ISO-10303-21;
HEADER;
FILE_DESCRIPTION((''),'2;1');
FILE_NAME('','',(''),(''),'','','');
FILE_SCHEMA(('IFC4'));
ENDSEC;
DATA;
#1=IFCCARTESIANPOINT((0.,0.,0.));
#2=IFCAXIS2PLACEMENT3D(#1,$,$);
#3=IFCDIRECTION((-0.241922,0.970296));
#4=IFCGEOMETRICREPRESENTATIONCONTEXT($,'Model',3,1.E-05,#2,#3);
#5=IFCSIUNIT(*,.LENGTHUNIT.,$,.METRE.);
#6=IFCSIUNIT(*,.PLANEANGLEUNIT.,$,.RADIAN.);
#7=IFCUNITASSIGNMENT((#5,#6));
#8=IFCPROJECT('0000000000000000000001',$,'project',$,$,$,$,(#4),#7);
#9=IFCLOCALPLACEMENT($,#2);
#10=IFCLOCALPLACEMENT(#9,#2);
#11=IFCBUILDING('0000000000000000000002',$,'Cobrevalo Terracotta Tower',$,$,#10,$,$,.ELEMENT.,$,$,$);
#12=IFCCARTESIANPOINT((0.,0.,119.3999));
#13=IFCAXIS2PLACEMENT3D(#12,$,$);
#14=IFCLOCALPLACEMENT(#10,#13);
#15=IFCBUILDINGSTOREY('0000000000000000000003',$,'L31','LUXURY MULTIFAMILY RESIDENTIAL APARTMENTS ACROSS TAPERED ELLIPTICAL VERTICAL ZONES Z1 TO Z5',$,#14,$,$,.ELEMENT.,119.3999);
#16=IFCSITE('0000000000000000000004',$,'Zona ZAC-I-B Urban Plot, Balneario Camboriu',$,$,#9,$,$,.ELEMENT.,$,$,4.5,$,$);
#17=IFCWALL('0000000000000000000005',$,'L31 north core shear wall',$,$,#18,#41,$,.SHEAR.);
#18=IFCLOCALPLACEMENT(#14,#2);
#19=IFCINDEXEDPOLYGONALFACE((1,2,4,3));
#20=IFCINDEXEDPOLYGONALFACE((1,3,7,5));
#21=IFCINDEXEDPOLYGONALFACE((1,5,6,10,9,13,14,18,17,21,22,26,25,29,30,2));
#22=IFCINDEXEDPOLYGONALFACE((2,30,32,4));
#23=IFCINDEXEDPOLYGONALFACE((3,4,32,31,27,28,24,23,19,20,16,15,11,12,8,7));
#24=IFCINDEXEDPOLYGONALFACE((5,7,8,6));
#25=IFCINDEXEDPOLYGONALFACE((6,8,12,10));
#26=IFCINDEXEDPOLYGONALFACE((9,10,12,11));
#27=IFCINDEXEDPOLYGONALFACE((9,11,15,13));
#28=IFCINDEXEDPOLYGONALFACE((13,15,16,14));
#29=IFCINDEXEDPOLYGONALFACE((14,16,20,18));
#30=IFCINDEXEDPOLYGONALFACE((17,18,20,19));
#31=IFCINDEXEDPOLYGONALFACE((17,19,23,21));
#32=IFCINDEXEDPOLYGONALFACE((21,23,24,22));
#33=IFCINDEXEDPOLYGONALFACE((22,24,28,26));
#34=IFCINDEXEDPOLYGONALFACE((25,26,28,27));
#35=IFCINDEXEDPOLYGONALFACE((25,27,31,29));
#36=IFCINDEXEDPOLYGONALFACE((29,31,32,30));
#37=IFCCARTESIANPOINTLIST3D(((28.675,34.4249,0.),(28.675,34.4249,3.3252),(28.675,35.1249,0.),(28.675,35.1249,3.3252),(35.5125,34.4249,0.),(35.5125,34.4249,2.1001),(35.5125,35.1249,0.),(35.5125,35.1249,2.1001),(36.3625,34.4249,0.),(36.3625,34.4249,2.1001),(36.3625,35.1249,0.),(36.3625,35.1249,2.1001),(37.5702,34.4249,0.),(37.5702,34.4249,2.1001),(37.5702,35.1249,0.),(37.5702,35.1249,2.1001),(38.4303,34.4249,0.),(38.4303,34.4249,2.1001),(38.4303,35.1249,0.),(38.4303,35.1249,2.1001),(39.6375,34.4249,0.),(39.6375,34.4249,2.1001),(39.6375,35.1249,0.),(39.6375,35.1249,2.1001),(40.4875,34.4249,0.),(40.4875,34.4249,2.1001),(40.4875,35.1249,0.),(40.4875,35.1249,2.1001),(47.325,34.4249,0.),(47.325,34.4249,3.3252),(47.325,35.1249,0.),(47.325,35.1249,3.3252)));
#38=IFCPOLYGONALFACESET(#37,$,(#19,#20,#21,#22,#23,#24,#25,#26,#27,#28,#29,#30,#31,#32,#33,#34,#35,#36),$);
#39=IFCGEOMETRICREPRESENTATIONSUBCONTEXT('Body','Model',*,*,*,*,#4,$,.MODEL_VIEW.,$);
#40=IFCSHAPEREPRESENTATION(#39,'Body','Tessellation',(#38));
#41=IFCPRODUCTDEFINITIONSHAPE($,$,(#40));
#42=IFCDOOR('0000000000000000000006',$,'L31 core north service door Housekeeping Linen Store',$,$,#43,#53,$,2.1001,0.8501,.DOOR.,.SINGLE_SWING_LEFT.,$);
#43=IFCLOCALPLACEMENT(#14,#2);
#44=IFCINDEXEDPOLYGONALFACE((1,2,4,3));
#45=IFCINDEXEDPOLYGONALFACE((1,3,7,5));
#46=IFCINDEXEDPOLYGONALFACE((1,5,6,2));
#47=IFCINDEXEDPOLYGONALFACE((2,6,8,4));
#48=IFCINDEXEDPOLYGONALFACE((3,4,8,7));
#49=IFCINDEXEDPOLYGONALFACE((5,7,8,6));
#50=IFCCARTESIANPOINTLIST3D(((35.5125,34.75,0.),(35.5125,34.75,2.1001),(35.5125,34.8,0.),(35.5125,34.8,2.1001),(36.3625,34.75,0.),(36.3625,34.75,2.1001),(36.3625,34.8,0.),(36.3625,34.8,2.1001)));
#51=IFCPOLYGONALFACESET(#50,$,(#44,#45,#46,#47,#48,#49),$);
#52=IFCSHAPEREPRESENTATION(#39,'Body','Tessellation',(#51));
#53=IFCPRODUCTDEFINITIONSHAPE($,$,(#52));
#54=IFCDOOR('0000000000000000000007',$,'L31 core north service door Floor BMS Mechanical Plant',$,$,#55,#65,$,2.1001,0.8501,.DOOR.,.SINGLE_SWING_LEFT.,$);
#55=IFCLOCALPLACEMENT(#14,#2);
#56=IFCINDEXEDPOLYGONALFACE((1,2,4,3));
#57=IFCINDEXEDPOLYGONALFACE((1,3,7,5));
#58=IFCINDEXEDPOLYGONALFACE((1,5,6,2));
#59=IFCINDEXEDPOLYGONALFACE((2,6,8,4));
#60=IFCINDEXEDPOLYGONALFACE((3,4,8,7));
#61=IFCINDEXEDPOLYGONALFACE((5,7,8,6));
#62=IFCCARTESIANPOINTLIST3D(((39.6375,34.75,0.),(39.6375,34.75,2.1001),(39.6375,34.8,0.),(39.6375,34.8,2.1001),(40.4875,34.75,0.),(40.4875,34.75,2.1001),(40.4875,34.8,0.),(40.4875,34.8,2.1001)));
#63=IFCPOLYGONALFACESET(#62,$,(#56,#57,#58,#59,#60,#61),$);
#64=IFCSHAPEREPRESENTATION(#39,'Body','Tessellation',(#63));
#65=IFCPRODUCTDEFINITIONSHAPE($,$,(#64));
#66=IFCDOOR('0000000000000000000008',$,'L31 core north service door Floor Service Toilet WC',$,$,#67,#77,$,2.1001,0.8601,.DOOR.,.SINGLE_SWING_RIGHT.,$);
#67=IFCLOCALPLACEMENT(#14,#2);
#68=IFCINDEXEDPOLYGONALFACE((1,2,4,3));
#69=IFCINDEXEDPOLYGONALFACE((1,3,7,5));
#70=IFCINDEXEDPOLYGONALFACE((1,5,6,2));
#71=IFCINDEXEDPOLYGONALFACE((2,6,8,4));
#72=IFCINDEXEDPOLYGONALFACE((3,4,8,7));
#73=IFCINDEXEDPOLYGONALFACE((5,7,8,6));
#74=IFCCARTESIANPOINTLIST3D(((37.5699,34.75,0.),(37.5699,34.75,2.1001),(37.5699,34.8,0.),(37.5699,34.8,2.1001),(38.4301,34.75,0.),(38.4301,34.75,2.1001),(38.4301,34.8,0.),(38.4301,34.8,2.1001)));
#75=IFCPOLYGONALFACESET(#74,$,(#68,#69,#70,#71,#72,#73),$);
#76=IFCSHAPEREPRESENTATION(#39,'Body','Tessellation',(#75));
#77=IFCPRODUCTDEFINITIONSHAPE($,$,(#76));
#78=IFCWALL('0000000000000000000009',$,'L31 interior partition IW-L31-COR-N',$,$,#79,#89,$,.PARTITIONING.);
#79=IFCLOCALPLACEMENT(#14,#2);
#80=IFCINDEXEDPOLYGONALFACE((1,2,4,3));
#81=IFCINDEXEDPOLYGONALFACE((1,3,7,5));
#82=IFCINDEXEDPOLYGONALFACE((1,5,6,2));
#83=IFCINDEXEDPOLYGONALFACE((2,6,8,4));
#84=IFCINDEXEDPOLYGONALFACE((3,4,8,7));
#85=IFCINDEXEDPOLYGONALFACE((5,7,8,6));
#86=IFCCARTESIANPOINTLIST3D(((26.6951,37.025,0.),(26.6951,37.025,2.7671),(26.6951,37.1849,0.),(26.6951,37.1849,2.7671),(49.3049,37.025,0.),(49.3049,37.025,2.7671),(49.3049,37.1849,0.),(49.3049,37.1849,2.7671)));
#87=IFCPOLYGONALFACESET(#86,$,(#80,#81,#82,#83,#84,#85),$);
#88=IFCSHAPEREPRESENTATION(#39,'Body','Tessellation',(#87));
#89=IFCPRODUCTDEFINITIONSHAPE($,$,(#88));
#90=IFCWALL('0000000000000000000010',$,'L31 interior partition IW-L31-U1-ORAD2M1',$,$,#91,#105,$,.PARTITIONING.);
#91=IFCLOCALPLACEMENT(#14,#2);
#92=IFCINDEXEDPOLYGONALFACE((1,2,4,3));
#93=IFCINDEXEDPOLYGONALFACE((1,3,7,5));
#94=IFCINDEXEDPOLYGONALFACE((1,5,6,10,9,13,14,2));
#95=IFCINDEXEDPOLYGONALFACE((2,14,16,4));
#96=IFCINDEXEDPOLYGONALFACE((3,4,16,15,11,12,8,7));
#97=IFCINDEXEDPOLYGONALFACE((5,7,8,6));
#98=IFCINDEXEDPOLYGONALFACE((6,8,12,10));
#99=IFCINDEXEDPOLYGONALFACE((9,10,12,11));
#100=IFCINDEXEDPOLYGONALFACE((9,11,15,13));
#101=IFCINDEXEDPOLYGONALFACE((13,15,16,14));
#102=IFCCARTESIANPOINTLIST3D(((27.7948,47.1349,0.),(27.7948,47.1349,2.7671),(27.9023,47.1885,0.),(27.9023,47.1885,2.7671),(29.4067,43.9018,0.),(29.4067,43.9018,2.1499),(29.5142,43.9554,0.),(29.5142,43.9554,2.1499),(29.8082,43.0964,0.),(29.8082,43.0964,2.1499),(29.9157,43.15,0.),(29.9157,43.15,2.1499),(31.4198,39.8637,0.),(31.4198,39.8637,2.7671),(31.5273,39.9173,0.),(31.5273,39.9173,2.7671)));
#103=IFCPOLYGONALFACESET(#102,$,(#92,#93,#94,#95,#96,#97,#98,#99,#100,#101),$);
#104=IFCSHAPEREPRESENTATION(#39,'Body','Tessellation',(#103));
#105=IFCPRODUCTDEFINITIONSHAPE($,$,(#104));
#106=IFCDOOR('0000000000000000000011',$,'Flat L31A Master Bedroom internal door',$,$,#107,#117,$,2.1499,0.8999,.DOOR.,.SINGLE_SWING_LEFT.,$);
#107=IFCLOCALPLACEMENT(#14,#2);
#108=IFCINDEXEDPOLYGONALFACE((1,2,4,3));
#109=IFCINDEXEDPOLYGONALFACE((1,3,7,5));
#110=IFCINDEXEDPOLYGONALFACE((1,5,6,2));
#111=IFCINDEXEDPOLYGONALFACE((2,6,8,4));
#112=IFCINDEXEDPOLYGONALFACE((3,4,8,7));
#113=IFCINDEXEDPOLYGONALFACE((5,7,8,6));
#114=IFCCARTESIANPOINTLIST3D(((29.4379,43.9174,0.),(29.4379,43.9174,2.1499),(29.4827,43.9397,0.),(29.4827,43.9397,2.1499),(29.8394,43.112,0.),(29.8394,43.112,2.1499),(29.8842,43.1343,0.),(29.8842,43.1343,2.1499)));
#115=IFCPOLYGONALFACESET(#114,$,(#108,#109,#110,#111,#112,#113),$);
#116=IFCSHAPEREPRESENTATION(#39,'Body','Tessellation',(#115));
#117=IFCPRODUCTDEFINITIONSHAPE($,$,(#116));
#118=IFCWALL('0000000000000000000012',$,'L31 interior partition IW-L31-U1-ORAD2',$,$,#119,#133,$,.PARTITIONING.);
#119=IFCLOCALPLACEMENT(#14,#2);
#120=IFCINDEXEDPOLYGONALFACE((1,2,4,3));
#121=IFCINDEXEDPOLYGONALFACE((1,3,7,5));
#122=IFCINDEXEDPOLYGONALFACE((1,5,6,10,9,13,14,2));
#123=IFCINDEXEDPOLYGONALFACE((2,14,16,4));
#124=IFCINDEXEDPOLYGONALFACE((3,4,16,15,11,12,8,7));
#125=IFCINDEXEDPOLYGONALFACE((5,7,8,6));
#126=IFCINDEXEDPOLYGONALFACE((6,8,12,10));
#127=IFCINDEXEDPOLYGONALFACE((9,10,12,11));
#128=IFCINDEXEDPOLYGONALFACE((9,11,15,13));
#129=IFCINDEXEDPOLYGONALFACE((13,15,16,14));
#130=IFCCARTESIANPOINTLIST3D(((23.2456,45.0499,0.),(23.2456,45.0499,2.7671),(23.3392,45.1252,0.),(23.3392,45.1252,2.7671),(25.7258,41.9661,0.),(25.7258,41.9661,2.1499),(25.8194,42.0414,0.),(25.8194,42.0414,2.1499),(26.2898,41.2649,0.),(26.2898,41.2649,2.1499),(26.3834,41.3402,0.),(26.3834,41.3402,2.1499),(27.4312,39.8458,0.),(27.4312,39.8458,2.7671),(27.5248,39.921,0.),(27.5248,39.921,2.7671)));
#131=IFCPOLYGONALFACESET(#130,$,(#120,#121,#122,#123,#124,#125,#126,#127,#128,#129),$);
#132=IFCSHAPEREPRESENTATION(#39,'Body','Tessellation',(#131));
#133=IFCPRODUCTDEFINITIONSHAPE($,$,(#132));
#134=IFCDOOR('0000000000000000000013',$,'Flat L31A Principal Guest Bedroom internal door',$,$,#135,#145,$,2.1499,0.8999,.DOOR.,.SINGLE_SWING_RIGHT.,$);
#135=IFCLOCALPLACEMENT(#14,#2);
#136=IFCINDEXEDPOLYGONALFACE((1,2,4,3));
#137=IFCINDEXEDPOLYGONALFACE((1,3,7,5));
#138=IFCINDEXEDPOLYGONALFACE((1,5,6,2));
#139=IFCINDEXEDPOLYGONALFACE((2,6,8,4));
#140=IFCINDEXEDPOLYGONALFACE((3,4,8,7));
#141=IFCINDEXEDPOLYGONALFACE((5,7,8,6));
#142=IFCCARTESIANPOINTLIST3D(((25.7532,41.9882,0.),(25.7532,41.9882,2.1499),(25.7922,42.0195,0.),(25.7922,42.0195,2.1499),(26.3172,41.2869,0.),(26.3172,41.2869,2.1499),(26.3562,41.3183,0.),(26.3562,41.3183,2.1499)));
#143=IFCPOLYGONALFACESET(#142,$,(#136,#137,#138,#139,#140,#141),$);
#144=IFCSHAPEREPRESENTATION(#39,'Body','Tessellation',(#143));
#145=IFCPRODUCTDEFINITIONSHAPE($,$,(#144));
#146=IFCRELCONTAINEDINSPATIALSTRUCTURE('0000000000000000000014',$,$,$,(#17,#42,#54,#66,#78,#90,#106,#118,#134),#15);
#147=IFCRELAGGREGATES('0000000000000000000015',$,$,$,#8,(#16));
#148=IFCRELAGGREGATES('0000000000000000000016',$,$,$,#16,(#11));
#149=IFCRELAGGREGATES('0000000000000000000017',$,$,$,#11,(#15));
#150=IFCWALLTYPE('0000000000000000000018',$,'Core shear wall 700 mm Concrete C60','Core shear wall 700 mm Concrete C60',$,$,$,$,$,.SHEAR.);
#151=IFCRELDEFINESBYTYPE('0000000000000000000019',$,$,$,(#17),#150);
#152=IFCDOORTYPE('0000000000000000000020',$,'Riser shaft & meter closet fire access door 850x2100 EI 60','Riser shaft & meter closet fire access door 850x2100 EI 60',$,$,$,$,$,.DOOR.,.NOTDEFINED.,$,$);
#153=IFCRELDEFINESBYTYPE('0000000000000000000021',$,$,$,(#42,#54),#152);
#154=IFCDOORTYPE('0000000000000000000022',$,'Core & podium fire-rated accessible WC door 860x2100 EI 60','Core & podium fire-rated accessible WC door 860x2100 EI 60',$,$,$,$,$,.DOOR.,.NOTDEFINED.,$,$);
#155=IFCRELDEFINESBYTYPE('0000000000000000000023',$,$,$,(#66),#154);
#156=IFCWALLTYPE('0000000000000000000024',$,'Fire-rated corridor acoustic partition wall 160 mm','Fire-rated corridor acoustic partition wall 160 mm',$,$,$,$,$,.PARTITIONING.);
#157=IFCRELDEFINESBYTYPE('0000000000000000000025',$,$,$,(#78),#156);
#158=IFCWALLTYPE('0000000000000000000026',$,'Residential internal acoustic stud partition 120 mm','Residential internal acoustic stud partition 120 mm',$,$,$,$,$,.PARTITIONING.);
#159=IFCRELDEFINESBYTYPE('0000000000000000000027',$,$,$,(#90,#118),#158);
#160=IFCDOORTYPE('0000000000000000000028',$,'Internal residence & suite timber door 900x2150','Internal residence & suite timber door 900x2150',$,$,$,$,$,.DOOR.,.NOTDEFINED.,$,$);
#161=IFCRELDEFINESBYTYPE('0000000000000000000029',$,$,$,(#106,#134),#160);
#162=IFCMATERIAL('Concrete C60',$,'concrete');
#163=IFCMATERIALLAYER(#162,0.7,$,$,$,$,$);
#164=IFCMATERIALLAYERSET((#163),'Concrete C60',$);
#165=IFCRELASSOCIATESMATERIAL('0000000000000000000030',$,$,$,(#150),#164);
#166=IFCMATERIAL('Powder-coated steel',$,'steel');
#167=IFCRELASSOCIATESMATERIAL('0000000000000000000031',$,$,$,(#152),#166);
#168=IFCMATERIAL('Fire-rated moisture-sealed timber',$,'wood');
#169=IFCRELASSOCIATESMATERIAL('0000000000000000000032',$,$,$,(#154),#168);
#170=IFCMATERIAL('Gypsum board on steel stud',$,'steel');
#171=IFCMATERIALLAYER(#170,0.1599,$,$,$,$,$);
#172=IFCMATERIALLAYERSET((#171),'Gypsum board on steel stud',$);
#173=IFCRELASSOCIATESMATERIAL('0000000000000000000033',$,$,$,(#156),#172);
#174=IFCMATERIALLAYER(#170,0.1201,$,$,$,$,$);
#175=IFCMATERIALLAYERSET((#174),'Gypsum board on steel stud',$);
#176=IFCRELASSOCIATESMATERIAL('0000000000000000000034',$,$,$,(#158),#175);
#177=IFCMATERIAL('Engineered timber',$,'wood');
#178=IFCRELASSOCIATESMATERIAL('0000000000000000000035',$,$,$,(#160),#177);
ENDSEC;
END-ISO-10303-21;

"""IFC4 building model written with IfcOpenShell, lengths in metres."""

from ifc_helpers import new_model, si_unit, direction, frame, frame_2d, origin, place, context, subcontext, project, spatial, rectangle, extrude, source, transform, mapped, material, layer, layer_set, type_object, element, fill, save


model = new_model("IFC4")

# Units and contexts
model_context = context("Model", 3, precision=1e-05, world=origin(), true_north=direction((-0.241922, 0.970296)))
body_context = subcontext(model_context, "Body", "Model", "MODEL_VIEW")
ifc_project = project(units=[si_unit("LENGTHUNIT", "METRE"), si_unit("PLANEANGLEUNIT", "RADIAN")], contexts=[model_context])

# Site, building, storey
site_placement = place(None, origin())
site = spatial("IfcSite", under=ifc_project, at=site_placement, Name="Zona ZAC-I-B Urban Plot, Balneario Camboriu", CompositionType="ELEMENT", RefElevation=4.5)
building_placement = place(site_placement, origin())
building = spatial("IfcBuilding", under=site, at=building_placement, Name="Cobrevalo Terracotta Tower", CompositionType="ELEMENT")
storey_placement = place(building_placement, frame((0.0, 0.0, 119.3999)))
storey = spatial("IfcBuildingStorey", under=building, at=storey_placement, Name="L31", Description="LUXURY MULTIFAMILY RESIDENTIAL APARTMENTS ACROSS TAPERED ELLIPTICAL VERTICAL ZONES Z1 TO Z5", CompositionType="ELEMENT", Elevation=119.3999)

# Wall, openings, doors
ifc_material_1 = material(Name="Concrete C60", Category="concrete")
ifc_layer_1 = layer(ifc_material_1, 0.7)
ifc_layer_set_1 = layer_set([ifc_layer_1], Name="Concrete C60")
wall_type_1 = type_object("IfcWallType", Name="Core shear wall 700 mm Concrete C60", Description="Core shear wall 700 mm Concrete C60", PredefinedType="SHEAR", material=ifc_layer_set_1)
wall_1_placement = place(storey_placement, frame((28.675, 34.7749, 0.0), z_axis=(0.0, 0.0, 1.0), x_axis=(1.0, 0.0, 0.0)))
wall_1 = element("IfcWall", 1, at=wall_1_placement, inside=storey, type_object=wall_type_1, Name="L31 north core shear wall", PredefinedType="SHEAR", context=body_context, shape_type="SweptSolid", body=[
    extrude(rectangle(XDim=18.6499, YDim=0.7, at=frame_2d((9.325, 0.0))), origin(), (0.0, 0.0, 1.0), 3.3252),
])
opening_1_placement = place(wall_1_placement, frame((6.8374, 0.0, 0.0)))
opening_1 = element("IfcOpeningElement", 2, at=opening_1_placement, cuts=wall_1, PredefinedType="OPENING", context=body_context, shape_type="SweptSolid", body=[
    extrude(rectangle(XDim=0.8501, YDim=2.1001, at=frame_2d((0.425, 1.05))), frame((0.0, 0.3599, 0.0), z_axis=(0.0, -1.0, 0.0), x_axis=(1.0, 0.0, 0.0)), (0.0, 0.0, 1.0), 0.72),
])
opening_2_placement = place(wall_1_placement, frame((8.895, 0.0, 0.0)))
opening_2 = element("IfcOpeningElement", 3, at=opening_2_placement, cuts=wall_1, PredefinedType="OPENING", context=body_context, shape_type="SweptSolid", body=[
    extrude(rectangle(XDim=0.8601, YDim=2.1001, at=frame_2d((0.4302, 1.05))), frame((0.0, 0.3599, 0.0), z_axis=(0.0, -1.0, 0.0), x_axis=(1.0, 0.0, 0.0)), (0.0, 0.0, 1.0), 0.72),
])
opening_3_placement = place(wall_1_placement, frame((10.9624, 0.0, 0.0)))
opening_3 = element("IfcOpeningElement", 4, at=opening_3_placement, cuts=wall_1, PredefinedType="OPENING", context=body_context, shape_type="SweptSolid", body=[
    extrude(rectangle(XDim=0.8501, YDim=2.1001, at=frame_2d((0.425, 1.05))), frame((0.0, 0.3599, 0.0), z_axis=(0.0, -1.0, 0.0), x_axis=(1.0, 0.0, 0.0)), (0.0, 0.0, 1.0), 0.72),
])
ifc_material_2 = material(Name="Powder-coated steel", Category="steel")
door_type_1 = type_object("IfcDoorType", Name="Riser shaft & meter closet fire access door 850x2100 EI 60", Description="Riser shaft & meter closet fire access door 850x2100 EI 60", OperationType="NOTDEFINED", PredefinedType="DOOR", material=ifc_material_2)
shared_shape_1 = source(origin(), body_context, "Body", "SweptSolid", [
    extrude(rectangle(XDim=0.8501, YDim=2.1001, at=frame_2d((0.425, 1.05))), frame((0.0, 0.0249, 0.0), z_axis=(0.0, -1.0, 0.0), x_axis=(1.0, 0.0, 0.0)), (0.0, 0.0, 1.0), 0.05),
])
door_1_placement = place(opening_1_placement, frame((0.8501, 0.0, 0.0), z_axis=(0.0, 0.0, 1.0), x_axis=(-1.0, 0.0, 0.0)))
door_1 = element("IfcDoor", 5, at=door_1_placement, inside=storey, type_object=door_type_1, Name="L31 core north service door Housekeeping Linen Store", OperationType="SINGLE_SWING_LEFT", OverallHeight=2.1001, OverallWidth=0.8501, PredefinedType="DOOR", context=body_context, shape_type="MappedRepresentation", body=[
    mapped(shared_shape_1, transform((0.0, 0.0, 0.0), scale=1.0)),
])
fill(opening_1, door_1)
door_2_placement = place(opening_3_placement, frame((0.8501, 0.0, 0.0), z_axis=(0.0, 0.0, 1.0), x_axis=(-1.0, 0.0, 0.0)))
door_2 = element("IfcDoor", 6, at=door_2_placement, inside=storey, type_object=door_type_1, Name="L31 core north service door Floor BMS Mechanical Plant", OperationType="SINGLE_SWING_LEFT", OverallHeight=2.1001, OverallWidth=0.8501, PredefinedType="DOOR", context=body_context, shape_type="MappedRepresentation", body=[
    mapped(shared_shape_1, transform((0.0, 0.0, 0.0), scale=1.0)),
])
fill(opening_3, door_2)
ifc_material_3 = material(Name="Fire-rated moisture-sealed timber", Category="wood")
door_type_2 = type_object("IfcDoorType", Name="Core & podium fire-rated accessible WC door 860x2100 EI 60", Description="Core & podium fire-rated accessible WC door 860x2100 EI 60", OperationType="NOTDEFINED", PredefinedType="DOOR", material=ifc_material_3)
shared_shape_2 = source(origin(), body_context, "Body", "SweptSolid", [
    extrude(rectangle(XDim=0.8601, YDim=2.1001, at=frame_2d((0.4302, 1.05))), frame((0.0, 0.0249, 0.0), z_axis=(0.0, -1.0, 0.0), x_axis=(1.0, 0.0, 0.0)), (0.0, 0.0, 1.0), 0.05),
])
door_3_placement = place(opening_2_placement, frame((0.8601, 0.0, 0.0), z_axis=(0.0, 0.0, 1.0), x_axis=(-1.0, 0.0, 0.0)))
door_3 = element("IfcDoor", 7, at=door_3_placement, inside=storey, type_object=door_type_2, Name="L31 core north service door Floor Service Toilet WC", OperationType="SINGLE_SWING_RIGHT", OverallHeight=2.1001, OverallWidth=0.8601, PredefinedType="DOOR", context=body_context, shape_type="MappedRepresentation", body=[
    mapped(shared_shape_2, transform((0.0, 0.0, 0.0), scale=1.0)),
])
fill(opening_2, door_3)

# Wall
ifc_material_4 = material(Name="Gypsum board on steel stud", Category="steel")
ifc_layer_2 = layer(ifc_material_4, 0.1599)
ifc_layer_set_2 = layer_set([ifc_layer_2], Name="Gypsum board on steel stud")
wall_type_2 = type_object("IfcWallType", Name="Fire-rated corridor acoustic partition wall 160 mm", Description="Fire-rated corridor acoustic partition wall 160 mm", PredefinedType="PARTITIONING", material=ifc_layer_set_2)
wall_2_placement = place(storey_placement, frame((26.6951, 37.105, 0.0), z_axis=(0.0, 0.0, 1.0), x_axis=(1.0, 0.0, 0.0)))
element("IfcWall", 8, at=wall_2_placement, inside=storey, type_object=wall_type_2, Name="L31 interior partition IW-L31-COR-N", PredefinedType="PARTITIONING", context=body_context, shape_type="SweptSolid", body=[
    extrude(rectangle(XDim=22.6099, YDim=0.1599, at=frame_2d((11.3049, 0.0))), origin(), (0.0, 0.0, 1.0), 2.7671),
])

# Walls, openings, doors
ifc_layer_3 = layer(ifc_material_4, 0.1201)
ifc_layer_set_3 = layer_set([ifc_layer_3], Name="Gypsum board on steel stud")
wall_type_3 = type_object("IfcWallType", Name="Residential internal acoustic stud partition 120 mm", Description="Residential internal acoustic stud partition 120 mm", PredefinedType="PARTITIONING", material=ifc_layer_set_3)
wall_3_placement = place(storey_placement, frame((31.4736, 39.8904, 0.0), z_axis=(0.0, 0.0, 1.0), x_axis=(-0.446168, 0.894949, 0.0)))
wall_3 = element("IfcWall", 9, at=wall_3_placement, inside=storey, type_object=wall_type_3, Name="L31 interior partition IW-L31-U1-ORAD2M1", PredefinedType="PARTITIONING", context=body_context, shape_type="SweptSolid", body=[
    extrude(rectangle(XDim=8.1248, YDim=0.1201, at=frame_2d((4.0625, 0.0))), origin(), (0.0, 0.0, 1.0), 2.7671),
])
opening_4_placement = place(wall_3_placement, frame((3.6123, 0.0, 0.0)))
opening_4 = element("IfcOpeningElement", 10, at=opening_4_placement, cuts=wall_3, PredefinedType="OPENING", context=body_context, shape_type="SweptSolid", body=[
    extrude(rectangle(XDim=0.8999, YDim=2.1499, at=frame_2d((0.45, 1.075))), frame((0.0, 0.0701, 0.0), z_axis=(0.0, -1.0, 0.0), x_axis=(1.0, 0.0, 0.0)), (0.0, 0.0, 1.0), 0.1401),
])
ifc_material_5 = material(Name="Engineered timber", Category="wood")
door_type_3 = type_object("IfcDoorType", Name="Internal residence & suite timber door 900x2150", Description="Internal residence & suite timber door 900x2150", OperationType="NOTDEFINED", PredefinedType="DOOR", material=ifc_material_5)
shared_shape_3 = source(origin(), body_context, "Body", "SweptSolid", [
    extrude(rectangle(XDim=0.8999, YDim=2.1499, at=frame_2d((0.45, 1.075))), frame((0.0, 0.0249, 0.0), z_axis=(0.0, -1.0, 0.0), x_axis=(1.0, 0.0, 0.0)), (0.0, 0.0, 1.0), 0.05),
])
door_4_placement = place(opening_4_placement, frame((0.8999, 0.0, 0.0), z_axis=(0.0, 0.0, 1.0), x_axis=(-1.0, 0.0, 0.0)))
door_4 = element("IfcDoor", 11, at=door_4_placement, inside=storey, type_object=door_type_3, Name="Flat L31A Master Bedroom internal door", OperationType="SINGLE_SWING_LEFT", OverallHeight=2.1499, OverallWidth=0.8999, PredefinedType="DOOR", context=body_context, shape_type="MappedRepresentation", body=[
    mapped(shared_shape_3, transform((0.0, 0.0, 0.0), scale=1.0)),
])
fill(opening_4, door_4)
wall_4_placement = place(storey_placement, frame((27.478, 39.8833, 0.0), z_axis=(0.0, 0.0, 1.0), x_axis=(-0.626726, 0.77924, 0.0)))
wall_4 = element("IfcWall", 12, at=wall_4_placement, inside=storey, type_object=wall_type_3, Name="L31 interior partition IW-L31-U1-ORAD2", PredefinedType="PARTITIONING", context=body_context, shape_type="SweptSolid", body=[
    extrude(rectangle(XDim=6.6785, YDim=0.1201, at=frame_2d((3.3394, 0.0))), origin(), (0.0, 0.0, 1.0), 2.7671),
])
opening_5_placement = place(wall_4_placement, frame((1.8213, 0.0, 0.0)))
opening_5 = element("IfcOpeningElement", 13, at=opening_5_placement, cuts=wall_4, PredefinedType="OPENING", context=body_context, shape_type="SweptSolid", body=[
    extrude(rectangle(XDim=0.8999, YDim=2.1499, at=frame_2d((0.45, 1.075))), frame((0.0, 0.0701, 0.0), z_axis=(0.0, -1.0, 0.0), x_axis=(1.0, 0.0, 0.0)), (0.0, 0.0, 1.0), 0.1401),
])
door_5_placement = place(opening_5_placement, origin())
door_5 = element("IfcDoor", 14, at=door_5_placement, inside=storey, type_object=door_type_3, Name="Flat L31A Principal Guest Bedroom internal door", OperationType="SINGLE_SWING_RIGHT", OverallHeight=2.1499, OverallWidth=0.8999, PredefinedType="DOOR", context=body_context, shape_type="MappedRepresentation", body=[
    mapped(shared_shape_3, transform((0.0, 0.0, 0.0), scale=1.0)),
])
fill(opening_5, door_5)

save(model, "model.ifc")
